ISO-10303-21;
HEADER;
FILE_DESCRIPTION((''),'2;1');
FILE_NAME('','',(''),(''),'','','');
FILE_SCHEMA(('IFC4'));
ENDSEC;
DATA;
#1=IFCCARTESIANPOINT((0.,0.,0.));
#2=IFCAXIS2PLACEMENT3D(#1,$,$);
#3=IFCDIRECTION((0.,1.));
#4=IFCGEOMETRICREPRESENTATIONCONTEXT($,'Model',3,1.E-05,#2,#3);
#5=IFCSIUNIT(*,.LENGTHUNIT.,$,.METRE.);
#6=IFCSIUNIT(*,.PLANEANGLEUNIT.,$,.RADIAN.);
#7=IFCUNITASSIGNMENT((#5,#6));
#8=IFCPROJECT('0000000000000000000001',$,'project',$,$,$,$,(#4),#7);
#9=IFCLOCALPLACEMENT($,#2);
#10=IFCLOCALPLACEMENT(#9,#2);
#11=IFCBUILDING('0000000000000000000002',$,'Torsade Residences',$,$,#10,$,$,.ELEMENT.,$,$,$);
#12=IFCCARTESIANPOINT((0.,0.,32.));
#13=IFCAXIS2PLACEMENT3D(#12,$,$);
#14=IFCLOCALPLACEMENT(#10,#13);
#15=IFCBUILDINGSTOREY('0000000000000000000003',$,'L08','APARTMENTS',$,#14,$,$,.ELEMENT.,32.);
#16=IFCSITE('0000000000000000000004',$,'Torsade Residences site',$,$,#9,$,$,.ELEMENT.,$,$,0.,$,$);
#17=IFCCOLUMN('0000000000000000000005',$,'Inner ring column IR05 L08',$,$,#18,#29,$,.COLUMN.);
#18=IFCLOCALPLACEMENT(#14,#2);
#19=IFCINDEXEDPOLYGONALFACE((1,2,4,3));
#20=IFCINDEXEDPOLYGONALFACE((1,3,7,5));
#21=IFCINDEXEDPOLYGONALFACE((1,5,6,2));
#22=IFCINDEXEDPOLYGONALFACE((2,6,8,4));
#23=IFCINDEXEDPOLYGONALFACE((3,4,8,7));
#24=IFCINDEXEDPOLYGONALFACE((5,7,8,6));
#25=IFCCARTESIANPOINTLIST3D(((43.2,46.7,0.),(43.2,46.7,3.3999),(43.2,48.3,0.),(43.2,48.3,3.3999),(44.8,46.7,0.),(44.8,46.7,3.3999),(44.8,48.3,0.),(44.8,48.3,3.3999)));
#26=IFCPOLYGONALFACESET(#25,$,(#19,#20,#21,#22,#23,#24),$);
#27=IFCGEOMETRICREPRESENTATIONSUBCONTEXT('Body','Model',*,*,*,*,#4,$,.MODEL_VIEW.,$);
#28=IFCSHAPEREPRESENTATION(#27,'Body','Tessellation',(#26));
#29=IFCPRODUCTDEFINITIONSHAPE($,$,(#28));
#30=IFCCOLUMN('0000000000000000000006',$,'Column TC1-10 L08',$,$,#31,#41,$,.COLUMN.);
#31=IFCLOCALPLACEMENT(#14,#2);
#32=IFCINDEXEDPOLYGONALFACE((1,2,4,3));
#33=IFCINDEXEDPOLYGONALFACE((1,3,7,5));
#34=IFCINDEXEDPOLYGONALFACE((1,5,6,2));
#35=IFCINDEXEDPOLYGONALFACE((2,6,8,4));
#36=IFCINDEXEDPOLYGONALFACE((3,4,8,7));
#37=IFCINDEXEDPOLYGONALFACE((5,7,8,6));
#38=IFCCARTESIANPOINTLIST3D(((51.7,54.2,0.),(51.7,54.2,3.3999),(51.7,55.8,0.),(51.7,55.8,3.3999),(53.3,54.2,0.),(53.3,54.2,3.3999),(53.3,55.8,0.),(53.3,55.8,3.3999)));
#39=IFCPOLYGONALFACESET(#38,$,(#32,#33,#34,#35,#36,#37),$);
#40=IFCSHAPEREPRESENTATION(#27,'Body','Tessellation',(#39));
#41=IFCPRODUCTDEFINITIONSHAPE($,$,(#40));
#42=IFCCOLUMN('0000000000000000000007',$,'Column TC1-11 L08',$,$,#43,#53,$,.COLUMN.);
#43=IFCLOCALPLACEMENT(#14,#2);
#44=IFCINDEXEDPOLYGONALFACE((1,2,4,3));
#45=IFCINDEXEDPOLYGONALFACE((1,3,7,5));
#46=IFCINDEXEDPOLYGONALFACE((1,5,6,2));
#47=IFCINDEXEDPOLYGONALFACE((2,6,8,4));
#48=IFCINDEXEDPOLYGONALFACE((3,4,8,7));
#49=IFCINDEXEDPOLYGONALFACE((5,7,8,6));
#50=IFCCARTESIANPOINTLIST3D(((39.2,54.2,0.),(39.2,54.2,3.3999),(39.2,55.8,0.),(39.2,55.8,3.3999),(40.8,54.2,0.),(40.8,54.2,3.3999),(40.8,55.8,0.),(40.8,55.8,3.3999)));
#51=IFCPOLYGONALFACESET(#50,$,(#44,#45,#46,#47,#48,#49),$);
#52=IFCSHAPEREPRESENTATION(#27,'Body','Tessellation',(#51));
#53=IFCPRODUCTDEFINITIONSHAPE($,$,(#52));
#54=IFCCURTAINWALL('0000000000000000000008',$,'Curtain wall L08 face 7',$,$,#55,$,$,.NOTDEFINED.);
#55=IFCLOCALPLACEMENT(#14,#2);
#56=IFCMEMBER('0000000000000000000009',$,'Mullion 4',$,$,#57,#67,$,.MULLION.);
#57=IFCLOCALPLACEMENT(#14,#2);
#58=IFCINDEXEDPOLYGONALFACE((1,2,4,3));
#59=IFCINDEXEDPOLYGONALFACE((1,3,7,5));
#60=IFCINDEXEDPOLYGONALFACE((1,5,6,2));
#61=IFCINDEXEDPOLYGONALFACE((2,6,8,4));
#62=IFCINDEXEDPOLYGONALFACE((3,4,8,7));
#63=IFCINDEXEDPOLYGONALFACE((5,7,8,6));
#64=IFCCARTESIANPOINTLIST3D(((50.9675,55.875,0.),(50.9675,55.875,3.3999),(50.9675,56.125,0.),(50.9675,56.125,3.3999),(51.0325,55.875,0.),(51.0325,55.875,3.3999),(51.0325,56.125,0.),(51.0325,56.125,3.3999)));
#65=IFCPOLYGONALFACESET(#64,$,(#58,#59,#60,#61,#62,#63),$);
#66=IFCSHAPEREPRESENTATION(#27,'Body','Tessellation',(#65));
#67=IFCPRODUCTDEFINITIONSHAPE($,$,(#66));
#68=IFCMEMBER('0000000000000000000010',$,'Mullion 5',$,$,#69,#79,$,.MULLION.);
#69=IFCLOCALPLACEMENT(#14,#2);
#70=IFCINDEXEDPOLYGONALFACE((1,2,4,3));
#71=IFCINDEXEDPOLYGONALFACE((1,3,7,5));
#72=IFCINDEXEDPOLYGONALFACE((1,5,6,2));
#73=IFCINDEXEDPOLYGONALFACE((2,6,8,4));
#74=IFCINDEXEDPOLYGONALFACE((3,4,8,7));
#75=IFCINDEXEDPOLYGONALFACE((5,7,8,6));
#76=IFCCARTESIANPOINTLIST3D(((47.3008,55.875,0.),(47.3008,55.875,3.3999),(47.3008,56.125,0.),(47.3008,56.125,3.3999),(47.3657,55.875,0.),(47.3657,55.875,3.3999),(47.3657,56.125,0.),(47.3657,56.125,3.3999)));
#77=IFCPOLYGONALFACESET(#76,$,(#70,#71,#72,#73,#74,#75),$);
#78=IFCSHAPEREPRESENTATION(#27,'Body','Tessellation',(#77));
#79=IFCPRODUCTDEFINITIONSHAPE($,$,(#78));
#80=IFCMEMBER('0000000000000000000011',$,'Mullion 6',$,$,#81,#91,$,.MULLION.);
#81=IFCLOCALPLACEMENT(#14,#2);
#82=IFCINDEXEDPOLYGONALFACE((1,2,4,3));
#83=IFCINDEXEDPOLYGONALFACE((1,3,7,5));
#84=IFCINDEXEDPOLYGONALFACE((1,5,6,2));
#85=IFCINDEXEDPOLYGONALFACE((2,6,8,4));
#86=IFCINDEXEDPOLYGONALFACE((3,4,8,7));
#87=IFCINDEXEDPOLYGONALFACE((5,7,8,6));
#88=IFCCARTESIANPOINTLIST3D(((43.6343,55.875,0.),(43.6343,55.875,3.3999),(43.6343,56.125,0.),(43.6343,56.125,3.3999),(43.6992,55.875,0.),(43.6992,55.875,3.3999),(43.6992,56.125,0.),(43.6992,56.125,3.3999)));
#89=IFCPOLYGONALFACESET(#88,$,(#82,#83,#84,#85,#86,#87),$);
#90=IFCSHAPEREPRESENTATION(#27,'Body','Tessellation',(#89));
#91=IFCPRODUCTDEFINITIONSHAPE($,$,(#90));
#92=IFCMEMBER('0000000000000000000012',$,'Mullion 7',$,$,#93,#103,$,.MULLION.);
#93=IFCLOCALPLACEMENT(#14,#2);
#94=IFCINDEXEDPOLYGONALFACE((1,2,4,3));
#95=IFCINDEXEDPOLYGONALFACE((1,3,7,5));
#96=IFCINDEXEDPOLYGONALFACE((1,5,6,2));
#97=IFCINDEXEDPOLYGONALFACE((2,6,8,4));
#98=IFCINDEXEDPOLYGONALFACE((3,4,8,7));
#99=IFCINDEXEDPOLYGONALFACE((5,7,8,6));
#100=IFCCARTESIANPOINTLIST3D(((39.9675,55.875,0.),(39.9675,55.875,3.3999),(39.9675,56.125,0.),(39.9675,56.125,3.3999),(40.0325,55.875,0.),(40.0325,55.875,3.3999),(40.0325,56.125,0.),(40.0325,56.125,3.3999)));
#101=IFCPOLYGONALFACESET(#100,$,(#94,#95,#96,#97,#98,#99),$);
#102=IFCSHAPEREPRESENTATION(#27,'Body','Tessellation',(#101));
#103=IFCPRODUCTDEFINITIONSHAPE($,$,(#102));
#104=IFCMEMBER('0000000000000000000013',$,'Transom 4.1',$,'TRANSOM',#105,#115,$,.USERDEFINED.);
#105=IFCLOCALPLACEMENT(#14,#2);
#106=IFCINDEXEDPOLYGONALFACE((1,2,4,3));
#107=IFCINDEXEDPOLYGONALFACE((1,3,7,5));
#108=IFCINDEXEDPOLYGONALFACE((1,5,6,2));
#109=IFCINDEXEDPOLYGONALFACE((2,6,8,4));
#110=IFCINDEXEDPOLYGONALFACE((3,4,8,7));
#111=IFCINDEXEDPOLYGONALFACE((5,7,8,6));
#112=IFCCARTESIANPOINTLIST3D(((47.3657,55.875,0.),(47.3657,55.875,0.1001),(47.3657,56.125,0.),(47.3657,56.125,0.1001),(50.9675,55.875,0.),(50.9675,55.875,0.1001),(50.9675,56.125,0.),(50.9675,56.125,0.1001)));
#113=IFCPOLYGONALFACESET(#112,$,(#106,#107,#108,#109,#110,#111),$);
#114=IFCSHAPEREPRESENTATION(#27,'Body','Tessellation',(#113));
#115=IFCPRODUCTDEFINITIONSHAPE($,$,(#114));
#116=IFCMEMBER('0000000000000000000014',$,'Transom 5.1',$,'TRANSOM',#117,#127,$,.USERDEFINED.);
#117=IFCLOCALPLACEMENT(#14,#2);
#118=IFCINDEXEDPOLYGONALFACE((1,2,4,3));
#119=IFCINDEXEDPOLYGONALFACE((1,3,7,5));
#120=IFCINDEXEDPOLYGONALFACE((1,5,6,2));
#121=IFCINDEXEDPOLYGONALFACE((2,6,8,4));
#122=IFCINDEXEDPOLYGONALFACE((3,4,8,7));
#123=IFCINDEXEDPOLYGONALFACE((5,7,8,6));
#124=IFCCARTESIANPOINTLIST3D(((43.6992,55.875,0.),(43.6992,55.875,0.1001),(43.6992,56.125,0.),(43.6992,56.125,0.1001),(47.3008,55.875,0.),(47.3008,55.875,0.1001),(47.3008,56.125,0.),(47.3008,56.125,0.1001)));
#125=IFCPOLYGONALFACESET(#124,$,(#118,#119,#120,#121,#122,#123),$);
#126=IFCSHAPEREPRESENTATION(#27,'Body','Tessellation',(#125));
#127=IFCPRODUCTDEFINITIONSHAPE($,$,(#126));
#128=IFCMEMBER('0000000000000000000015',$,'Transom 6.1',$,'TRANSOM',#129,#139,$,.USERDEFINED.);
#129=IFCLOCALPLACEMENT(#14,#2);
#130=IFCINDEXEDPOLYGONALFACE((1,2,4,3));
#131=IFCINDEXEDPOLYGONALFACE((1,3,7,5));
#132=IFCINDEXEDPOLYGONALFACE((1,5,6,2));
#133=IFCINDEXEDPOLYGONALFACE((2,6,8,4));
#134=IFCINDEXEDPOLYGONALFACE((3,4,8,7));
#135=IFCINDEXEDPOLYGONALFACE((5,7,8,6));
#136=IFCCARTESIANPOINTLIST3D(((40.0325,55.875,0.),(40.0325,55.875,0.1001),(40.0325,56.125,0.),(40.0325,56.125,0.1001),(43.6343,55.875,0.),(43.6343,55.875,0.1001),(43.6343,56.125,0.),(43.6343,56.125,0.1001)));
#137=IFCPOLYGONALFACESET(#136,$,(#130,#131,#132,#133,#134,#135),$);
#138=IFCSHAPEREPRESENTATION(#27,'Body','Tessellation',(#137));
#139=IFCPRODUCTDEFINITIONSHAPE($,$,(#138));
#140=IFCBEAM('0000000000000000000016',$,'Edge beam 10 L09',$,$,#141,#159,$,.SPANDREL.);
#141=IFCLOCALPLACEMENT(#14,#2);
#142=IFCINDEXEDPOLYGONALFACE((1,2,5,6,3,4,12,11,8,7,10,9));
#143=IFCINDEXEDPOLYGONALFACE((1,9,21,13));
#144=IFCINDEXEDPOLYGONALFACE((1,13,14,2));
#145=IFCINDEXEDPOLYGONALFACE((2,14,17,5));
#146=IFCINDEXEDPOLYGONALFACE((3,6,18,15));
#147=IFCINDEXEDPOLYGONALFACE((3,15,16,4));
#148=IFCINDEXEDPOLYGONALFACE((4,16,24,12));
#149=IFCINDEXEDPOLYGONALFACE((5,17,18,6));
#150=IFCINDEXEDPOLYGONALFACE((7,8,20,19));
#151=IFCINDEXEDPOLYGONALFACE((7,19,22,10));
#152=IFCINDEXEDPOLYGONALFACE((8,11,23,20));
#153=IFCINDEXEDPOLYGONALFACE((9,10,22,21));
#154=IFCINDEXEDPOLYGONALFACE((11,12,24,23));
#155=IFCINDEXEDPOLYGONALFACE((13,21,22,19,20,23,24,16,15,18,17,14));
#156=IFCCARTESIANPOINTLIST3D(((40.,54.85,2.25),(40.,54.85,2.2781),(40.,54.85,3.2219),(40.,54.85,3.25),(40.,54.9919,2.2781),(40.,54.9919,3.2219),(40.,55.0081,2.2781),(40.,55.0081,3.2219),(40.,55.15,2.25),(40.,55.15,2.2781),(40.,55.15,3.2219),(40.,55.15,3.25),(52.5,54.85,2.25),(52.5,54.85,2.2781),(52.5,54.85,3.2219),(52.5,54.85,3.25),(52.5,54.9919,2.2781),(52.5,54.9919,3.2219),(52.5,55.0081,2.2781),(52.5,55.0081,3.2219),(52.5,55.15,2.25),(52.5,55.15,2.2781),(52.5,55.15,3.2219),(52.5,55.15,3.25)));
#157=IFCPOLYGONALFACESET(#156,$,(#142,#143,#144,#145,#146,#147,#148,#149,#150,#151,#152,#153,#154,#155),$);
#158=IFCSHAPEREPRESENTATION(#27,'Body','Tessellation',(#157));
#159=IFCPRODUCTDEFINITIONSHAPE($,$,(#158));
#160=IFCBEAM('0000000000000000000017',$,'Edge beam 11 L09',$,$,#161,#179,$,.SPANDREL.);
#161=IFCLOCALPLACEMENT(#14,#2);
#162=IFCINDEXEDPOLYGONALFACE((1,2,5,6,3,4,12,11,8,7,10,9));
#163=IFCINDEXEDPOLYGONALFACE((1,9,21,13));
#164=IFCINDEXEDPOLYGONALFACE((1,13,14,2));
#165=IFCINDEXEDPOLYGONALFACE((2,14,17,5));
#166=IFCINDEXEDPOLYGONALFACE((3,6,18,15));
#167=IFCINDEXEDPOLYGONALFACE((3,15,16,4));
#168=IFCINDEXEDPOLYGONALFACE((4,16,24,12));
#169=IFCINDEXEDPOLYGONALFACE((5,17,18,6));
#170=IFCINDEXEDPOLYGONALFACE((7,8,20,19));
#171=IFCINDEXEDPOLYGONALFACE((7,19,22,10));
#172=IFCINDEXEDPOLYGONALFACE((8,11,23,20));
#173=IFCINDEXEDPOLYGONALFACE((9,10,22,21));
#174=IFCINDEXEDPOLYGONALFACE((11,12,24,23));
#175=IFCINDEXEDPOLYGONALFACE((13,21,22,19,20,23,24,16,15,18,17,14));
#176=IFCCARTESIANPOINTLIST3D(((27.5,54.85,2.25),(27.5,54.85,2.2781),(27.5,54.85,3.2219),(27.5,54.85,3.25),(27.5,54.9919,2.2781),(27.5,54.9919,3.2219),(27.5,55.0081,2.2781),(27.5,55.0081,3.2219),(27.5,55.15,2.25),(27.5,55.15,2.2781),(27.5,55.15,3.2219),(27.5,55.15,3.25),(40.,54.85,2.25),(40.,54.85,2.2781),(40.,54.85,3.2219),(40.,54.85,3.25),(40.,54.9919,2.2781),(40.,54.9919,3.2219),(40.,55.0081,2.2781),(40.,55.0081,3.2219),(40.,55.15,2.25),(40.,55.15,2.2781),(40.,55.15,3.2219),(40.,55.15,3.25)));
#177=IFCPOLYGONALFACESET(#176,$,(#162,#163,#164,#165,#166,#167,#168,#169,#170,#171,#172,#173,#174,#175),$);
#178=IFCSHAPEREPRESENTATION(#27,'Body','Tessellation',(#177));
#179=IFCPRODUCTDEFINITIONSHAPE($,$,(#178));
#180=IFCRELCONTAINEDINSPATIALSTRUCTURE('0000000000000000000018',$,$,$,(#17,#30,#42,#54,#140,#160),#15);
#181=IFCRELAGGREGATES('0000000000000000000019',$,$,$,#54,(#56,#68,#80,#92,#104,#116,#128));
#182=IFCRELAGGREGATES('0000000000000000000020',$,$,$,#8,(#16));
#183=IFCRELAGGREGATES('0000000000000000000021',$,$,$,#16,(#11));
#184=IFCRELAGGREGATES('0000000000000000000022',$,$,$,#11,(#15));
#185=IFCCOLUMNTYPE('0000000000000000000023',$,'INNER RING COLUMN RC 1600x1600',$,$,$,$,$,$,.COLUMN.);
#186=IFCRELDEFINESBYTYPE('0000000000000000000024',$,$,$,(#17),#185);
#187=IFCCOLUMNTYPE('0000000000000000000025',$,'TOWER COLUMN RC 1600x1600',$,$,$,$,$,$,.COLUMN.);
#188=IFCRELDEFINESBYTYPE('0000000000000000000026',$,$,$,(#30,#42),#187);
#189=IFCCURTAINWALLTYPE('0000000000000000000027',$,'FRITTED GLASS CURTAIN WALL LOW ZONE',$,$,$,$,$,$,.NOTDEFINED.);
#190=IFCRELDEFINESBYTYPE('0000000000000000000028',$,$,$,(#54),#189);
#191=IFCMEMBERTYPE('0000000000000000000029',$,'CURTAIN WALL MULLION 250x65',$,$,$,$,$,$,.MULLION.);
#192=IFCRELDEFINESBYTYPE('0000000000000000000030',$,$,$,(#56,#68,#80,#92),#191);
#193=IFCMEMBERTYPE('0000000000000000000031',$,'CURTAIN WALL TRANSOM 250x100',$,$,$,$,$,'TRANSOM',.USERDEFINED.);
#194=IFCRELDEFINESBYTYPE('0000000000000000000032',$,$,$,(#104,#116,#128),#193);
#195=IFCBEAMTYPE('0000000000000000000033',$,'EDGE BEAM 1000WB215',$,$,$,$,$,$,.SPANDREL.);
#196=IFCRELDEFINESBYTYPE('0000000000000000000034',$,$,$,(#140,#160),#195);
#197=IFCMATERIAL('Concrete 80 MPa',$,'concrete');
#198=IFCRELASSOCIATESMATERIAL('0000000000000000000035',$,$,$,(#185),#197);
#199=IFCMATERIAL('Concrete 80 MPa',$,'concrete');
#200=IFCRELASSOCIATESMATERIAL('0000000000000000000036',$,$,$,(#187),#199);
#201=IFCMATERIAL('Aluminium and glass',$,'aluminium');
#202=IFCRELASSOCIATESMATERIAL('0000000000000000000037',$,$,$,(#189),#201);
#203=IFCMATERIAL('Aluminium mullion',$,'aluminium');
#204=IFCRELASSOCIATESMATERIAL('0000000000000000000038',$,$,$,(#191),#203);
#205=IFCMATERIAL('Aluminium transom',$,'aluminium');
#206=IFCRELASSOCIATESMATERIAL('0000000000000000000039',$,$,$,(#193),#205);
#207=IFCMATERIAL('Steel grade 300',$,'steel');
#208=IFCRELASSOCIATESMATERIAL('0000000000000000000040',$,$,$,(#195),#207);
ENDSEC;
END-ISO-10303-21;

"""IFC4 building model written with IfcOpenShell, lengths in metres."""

from ifc_helpers import new_model, si_unit, direction, frame, origin, origin_2d, place, context, subcontext, project, spatial, rectangle, i_section, extrude, material, material_profile, profile_set, type_object, element, aggregate, save


model = new_model("IFC4")

# Units and contexts
model_context = context("Model", 3, precision=1e-05, world=origin(), true_north=direction((0.0, 1.0)))
body_context = subcontext(model_context, "Body", "Model", "MODEL_VIEW")
ifc_project = project(units=[si_unit("LENGTHUNIT", "METRE"), si_unit("PLANEANGLEUNIT", "RADIAN")], contexts=[model_context])

# Site, building, storey
site_placement = place(None, origin())
site = spatial("IfcSite", under=ifc_project, at=site_placement, Name="Torsade Residences site", CompositionType="ELEMENT", RefElevation=0.0)
building_placement = place(site_placement, origin())
building = spatial("IfcBuilding", under=site, at=building_placement, Name="Torsade Residences", CompositionType="ELEMENT")
storey_placement = place(building_placement, frame((0.0, 0.0, 32.0)))
storey = spatial("IfcBuildingStorey", under=building, at=storey_placement, Name="L08", Description="APARTMENTS", CompositionType="ELEMENT", Elevation=32.0)

# Columns
ifc_material_1 = material(Name="Concrete 80 MPa", Category="concrete")
ifc_material_profile_1 = material_profile(ifc_material_1, rectangle(XDim=1.6001, YDim=1.6001, at=origin_2d()), Name="RC 1600x1600")
ifc_profile_set_1 = profile_set([ifc_material_profile_1], Name="Concrete 80 MPa")
column_type_1 = type_object("IfcColumnType", Name="INNER RING COLUMN RC 1600x1600", PredefinedType="COLUMN", material=ifc_profile_set_1)
column_placement = place(storey_placement, frame((44.0, 47.5, 0.0), z_axis=(0.0, 0.0, 1.0), x_axis=(1.0, 0.0, 0.0)))
element("IfcColumn", 1, at=column_placement, inside=storey, type_object=column_type_1, Name="Inner ring column IR05 L08", PredefinedType="COLUMN", context=body_context, shape_type="SweptSolid", body=[
    extrude(rectangle(XDim=1.6001, YDim=1.6001, at=origin_2d()), origin(), (0.0, 0.0, 1.0), 3.3999),
])
ifc_material_2 = material(Name="Concrete 80 MPa", Category="concrete")
ifc_material_profile_2 = material_profile(ifc_material_2, rectangle(XDim=1.6001, YDim=1.6001, at=origin_2d()), Name="RC 1600x1600")
ifc_profile_set_2 = profile_set([ifc_material_profile_2], Name="Concrete 80 MPa")
column_type_2 = type_object("IfcColumnType", Name="TOWER COLUMN RC 1600x1600", PredefinedType="COLUMN", material=ifc_profile_set_2)
for number, where, z_axis, x_axis, name in (
    (2, (52.5, 55.0, 0.0), (0.0, 0.0, 1.0), (1.0, 0.0, 0.0), "Column TC1-10 L08"),
    (3, (40.0, 55.0, 0.0), (0.0, 0.0, 1.0), (1.0, 0.0, 0.0), "Column TC1-11 L08"),
):
    element("IfcColumn", number, at=place(storey_placement, frame(where, z_axis=z_axis, x_axis=x_axis)), inside=storey, type_object=column_type_2, Name=name, PredefinedType="COLUMN", context=body_context, shape_type="SweptSolid", body=[
        extrude(rectangle(XDim=1.6001, YDim=1.6001, at=origin_2d()), origin(), (0.0, 0.0, 1.0), 3.3999),
    ])

# Curtain wall, members
ifc_material_3 = material(Name="Aluminium and glass", Category="aluminium")
curtain_wall_type = type_object("IfcCurtainWallType", Name="FRITTED GLASS CURTAIN WALL LOW ZONE", PredefinedType="NOTDEFINED", material=ifc_material_3)
curtain_wall_placement = place(storey_placement, origin())
curtain_wall = element("IfcCurtainWall", 4, at=curtain_wall_placement, inside=storey, type_object=curtain_wall_type, Name="Curtain wall L08 face 7", PredefinedType="NOTDEFINED")
ifc_material_4 = material(Name="Aluminium mullion", Category="aluminium")
ifc_material_profile_3 = material_profile(ifc_material_4, rectangle(XDim=0.25, YDim=0.0649, at=origin_2d()), Name="CURTAIN WALL MULLION 250x65")
ifc_profile_set_3 = profile_set([ifc_material_profile_3], Name="Aluminium mullion")
member_type_1 = type_object("IfcMemberType", Name="CURTAIN WALL MULLION 250x65", PredefinedType="MULLION", material=ifc_profile_set_3)
member_1_placement = place(storey_placement, frame((51.0, 56.0, 0.0), z_axis=(0.0, 0.0, 1.0), x_axis=(0.0, -1.0, 0.0)))
member_1 = element("IfcMember", 5, at=member_1_placement, type_object=member_type_1, Name="Mullion 4", PredefinedType="MULLION", context=body_context, shape_type="SweptSolid", body=[
    extrude(rectangle(XDim=0.25, YDim=0.0649, at=origin_2d()), origin(), (0.0, 0.0, 1.0), 3.3999),
])
member_2_placement = place(storey_placement, frame((47.3333, 56.0, 0.0), z_axis=(0.0, 0.0, 1.0), x_axis=(0.0, -1.0, 0.0)))
member_2 = element("IfcMember", 6, at=member_2_placement, type_object=member_type_1, Name="Mullion 5", PredefinedType="MULLION", context=body_context, shape_type="SweptSolid", body=[
    extrude(rectangle(XDim=0.25, YDim=0.0649, at=origin_2d()), origin(), (0.0, 0.0, 1.0), 3.3999),
])
member_3_placement = place(storey_placement, frame((43.6667, 56.0, 0.0), z_axis=(0.0, 0.0, 1.0), x_axis=(0.0, -1.0, 0.0)))
member_3 = element("IfcMember", 7, at=member_3_placement, type_object=member_type_1, Name="Mullion 6", PredefinedType="MULLION", context=body_context, shape_type="SweptSolid", body=[
    extrude(rectangle(XDim=0.25, YDim=0.0649, at=origin_2d()), origin(), (0.0, 0.0, 1.0), 3.3999),
])
member_4_placement = place(storey_placement, frame((40.0, 56.0, 0.0), z_axis=(0.0, 0.0, 1.0), x_axis=(0.0, -1.0, 0.0)))
member_4 = element("IfcMember", 8, at=member_4_placement, type_object=member_type_1, Name="Mullion 7", PredefinedType="MULLION", context=body_context, shape_type="SweptSolid", body=[
    extrude(rectangle(XDim=0.25, YDim=0.0649, at=origin_2d()), origin(), (0.0, 0.0, 1.0), 3.3999),
])
ifc_material_5 = material(Name="Aluminium transom", Category="aluminium")
ifc_material_profile_4 = material_profile(ifc_material_5, rectangle(XDim=0.25, YDim=0.1001, at=origin_2d()), Name="CURTAIN WALL TRANSOM 250x100")
ifc_profile_set_4 = profile_set([ifc_material_profile_4], Name="Aluminium transom")
member_type_2 = type_object("IfcMemberType", Name="CURTAIN WALL TRANSOM 250x100", ElementType="TRANSOM", PredefinedType="USERDEFINED", material=ifc_profile_set_4)
member_5_placement = place(storey_placement, frame((50.9675, 56.0, 0.05), z_axis=(-1.0, 0.0, 0.0), x_axis=(0.0, -1.0, 0.0)))
member_5 = element("IfcMember", 9, at=member_5_placement, type_object=member_type_2, Name="Transom 4.1", ObjectType="TRANSOM", PredefinedType="USERDEFINED", context=body_context, shape_type="SweptSolid", body=[
    extrude(rectangle(XDim=0.25, YDim=0.1001, at=origin_2d()), origin(), (0.0, 0.0, 1.0), 3.6018),
])
member_6_placement = place(storey_placement, frame((47.3008, 56.0, 0.05), z_axis=(-1.0, 0.0, 0.0), x_axis=(0.0, -1.0, 0.0)))
member_6 = element("IfcMember", 10, at=member_6_placement, type_object=member_type_2, Name="Transom 5.1", ObjectType="TRANSOM", PredefinedType="USERDEFINED", context=body_context, shape_type="SweptSolid", body=[
    extrude(rectangle(XDim=0.25, YDim=0.1001, at=origin_2d()), origin(), (0.0, 0.0, 1.0), 3.6016),
])
member_7_placement = place(storey_placement, frame((43.6343, 56.0, 0.05), z_axis=(-1.0, 0.0, 0.0), x_axis=(0.0, -1.0, 0.0)))
member_7 = element("IfcMember", 11, at=member_7_placement, type_object=member_type_2, Name="Transom 6.1", ObjectType="TRANSOM", PredefinedType="USERDEFINED", context=body_context, shape_type="SweptSolid", body=[
    extrude(rectangle(XDim=0.25, YDim=0.1001, at=origin_2d()), origin(), (0.0, 0.0, 1.0), 3.6018),
])

# Beams
ifc_material_6 = material(Name="Steel grade 300", Category="steel")
ifc_material_profile_5 = material_profile(ifc_material_6, i_section(OverallWidth=0.3, OverallDepth=1.0, WebThickness=0.0161, FlangeThickness=0.0281, at=origin_2d()), Name="1000WB215")
ifc_profile_set_5 = profile_set([ifc_material_profile_5], Name="Steel grade 300")
beam_type_1 = type_object("IfcBeamType", Name="EDGE BEAM 1000WB215", PredefinedType="SPANDREL", material=ifc_profile_set_5)
for number, where, z_axis, x_axis, name in (
    (12, (52.5, 55.0, 2.75), (-1.0, 0.0, 0.0), (0.0, -1.0, 0.0), "Edge beam 10 L09"),
    (13, (40.0, 55.0, 2.75), (-1.0, 0.0, 0.0), (0.0, -1.0, 0.0), "Edge beam 11 L09"),
):
    element("IfcBeam", number, at=place(storey_placement, frame(where, z_axis=z_axis, x_axis=x_axis)), inside=storey, type_object=beam_type_1, Name=name, PredefinedType="SPANDREL", context=body_context, shape_type="SweptSolid", body=[
        extrude(i_section(OverallWidth=0.3, OverallDepth=1.0, WebThickness=0.0161, FlangeThickness=0.0281, at=origin_2d()), origin(), (0.0, 0.0, 1.0), 12.5),
    ])

aggregate(curtain_wall, [member_1, member_2, member_3, member_4, member_5, member_6, member_7])

save(model, "model.ifc")
